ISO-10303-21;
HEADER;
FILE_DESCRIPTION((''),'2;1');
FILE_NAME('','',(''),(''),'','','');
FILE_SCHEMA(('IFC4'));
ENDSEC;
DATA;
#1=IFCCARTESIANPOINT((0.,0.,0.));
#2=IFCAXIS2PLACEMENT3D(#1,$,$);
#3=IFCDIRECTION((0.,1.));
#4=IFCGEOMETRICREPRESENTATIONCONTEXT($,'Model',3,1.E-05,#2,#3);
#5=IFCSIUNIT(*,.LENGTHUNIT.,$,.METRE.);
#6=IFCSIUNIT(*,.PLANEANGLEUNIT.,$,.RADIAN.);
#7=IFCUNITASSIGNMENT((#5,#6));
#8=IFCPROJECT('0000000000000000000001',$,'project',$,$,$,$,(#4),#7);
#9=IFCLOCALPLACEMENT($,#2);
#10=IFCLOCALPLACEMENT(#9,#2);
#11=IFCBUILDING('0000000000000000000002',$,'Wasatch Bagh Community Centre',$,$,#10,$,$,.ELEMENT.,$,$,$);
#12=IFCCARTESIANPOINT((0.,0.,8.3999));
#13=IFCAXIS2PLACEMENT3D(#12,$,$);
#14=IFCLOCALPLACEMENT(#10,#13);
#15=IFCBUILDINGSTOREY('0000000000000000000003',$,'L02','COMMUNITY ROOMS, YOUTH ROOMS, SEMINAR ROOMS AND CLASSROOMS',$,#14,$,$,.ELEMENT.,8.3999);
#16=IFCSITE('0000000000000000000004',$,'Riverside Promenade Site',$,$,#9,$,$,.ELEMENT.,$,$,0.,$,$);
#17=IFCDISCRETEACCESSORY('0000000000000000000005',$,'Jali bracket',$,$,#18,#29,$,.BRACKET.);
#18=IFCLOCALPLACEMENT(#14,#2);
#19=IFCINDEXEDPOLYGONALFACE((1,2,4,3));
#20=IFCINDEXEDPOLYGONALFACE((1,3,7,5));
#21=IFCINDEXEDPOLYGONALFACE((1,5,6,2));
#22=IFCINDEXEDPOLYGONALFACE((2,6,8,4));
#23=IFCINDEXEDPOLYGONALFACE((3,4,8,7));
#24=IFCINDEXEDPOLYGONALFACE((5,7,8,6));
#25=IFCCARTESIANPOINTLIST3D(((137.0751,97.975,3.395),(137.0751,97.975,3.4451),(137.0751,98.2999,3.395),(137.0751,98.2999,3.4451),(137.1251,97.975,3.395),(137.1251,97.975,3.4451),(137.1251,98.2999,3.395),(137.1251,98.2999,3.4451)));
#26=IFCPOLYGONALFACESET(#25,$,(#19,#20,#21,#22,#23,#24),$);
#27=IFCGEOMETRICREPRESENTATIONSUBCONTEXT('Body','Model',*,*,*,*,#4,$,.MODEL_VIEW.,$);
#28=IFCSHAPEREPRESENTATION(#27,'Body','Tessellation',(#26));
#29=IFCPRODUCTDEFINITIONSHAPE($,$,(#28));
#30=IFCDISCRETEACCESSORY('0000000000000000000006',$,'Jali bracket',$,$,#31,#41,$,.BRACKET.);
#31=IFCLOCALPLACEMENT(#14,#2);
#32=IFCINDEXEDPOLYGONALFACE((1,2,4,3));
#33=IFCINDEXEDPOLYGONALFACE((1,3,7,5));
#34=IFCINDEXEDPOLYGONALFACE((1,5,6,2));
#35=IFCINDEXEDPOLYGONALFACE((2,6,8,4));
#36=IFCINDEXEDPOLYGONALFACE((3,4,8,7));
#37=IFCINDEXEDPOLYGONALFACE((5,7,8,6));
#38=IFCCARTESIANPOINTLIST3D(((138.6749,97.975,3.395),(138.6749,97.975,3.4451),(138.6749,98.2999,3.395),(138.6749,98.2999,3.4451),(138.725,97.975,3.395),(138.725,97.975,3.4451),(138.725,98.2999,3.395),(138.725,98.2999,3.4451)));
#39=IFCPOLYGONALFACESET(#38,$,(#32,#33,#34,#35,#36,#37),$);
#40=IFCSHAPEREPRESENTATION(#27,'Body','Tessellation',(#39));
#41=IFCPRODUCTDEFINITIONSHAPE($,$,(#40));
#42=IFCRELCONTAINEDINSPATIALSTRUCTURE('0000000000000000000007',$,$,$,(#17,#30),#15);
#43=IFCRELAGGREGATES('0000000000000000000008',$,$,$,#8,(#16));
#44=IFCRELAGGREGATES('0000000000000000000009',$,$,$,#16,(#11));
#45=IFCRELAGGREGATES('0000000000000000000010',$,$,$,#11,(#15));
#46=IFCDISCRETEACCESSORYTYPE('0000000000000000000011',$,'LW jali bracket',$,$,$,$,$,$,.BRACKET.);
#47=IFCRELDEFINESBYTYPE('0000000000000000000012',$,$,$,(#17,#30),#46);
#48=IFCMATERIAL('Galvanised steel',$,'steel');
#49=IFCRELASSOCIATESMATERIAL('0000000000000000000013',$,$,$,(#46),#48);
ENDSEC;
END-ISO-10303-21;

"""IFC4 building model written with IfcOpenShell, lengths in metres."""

from ifc_helpers import new_model, si_unit, direction, frame, origin, origin_2d, place, context, subcontext, project, spatial, rectangle, extrude, material, type_object, element, save


model = new_model("IFC4")

# Units and contexts
model_context = context("Model", 3, precision=1e-05, world=origin(), true_north=direction((0.0, 1.0)))
body_context = subcontext(model_context, "Body", "Model", "MODEL_VIEW")
ifc_project = project(units=[si_unit("LENGTHUNIT", "METRE"), si_unit("PLANEANGLEUNIT", "RADIAN")], contexts=[model_context])

# Site, building, storey
site_placement = place(None, origin())
site = spatial("IfcSite", under=ifc_project, at=site_placement, Name="Riverside Promenade Site", CompositionType="ELEMENT", RefElevation=0.0)
building_placement = place(site_placement, origin())
building = spatial("IfcBuilding", under=site, at=building_placement, Name="Wasatch Bagh Community Centre", CompositionType="ELEMENT")
storey_placement = place(building_placement, frame((0.0, 0.0, 8.3999)))
storey = spatial("IfcBuildingStorey", under=building, at=storey_placement, Name="L02", Description="COMMUNITY ROOMS, YOUTH ROOMS, SEMINAR ROOMS AND CLASSROOMS", CompositionType="ELEMENT", Elevation=8.3999)

# Discrete accessories
ifc_material_1 = material(Name="Galvanised steel", Category="steel")
discrete_accessory_type = type_object("IfcDiscreteAccessoryType", Name="LW jali bracket", PredefinedType="BRACKET", material=ifc_material_1)
for number, where, z_axis, x_axis, name in (
    (1, (137.1001, 98.1375, 3.395), (0.0, 0.0, 1.0), (1.0, 0.0, 0.0), "Jali bracket"),
    (2, (138.7, 98.1375, 3.395), (0.0, 0.0, 1.0), (1.0, 0.0, 0.0), "Jali bracket"),
):
    element("IfcDiscreteAccessory", number, at=place(storey_placement, frame(where, z_axis=z_axis, x_axis=x_axis)), inside=storey, type_object=discrete_accessory_type, Name=name, PredefinedType="BRACKET", context=body_context, shape_type="SweptSolid", body=[
        extrude(rectangle(XDim=0.05, YDim=0.325, at=origin_2d()), origin(), (0.0, 0.0, 1.0), 0.05),
    ])

save(model, "model.ifc")
